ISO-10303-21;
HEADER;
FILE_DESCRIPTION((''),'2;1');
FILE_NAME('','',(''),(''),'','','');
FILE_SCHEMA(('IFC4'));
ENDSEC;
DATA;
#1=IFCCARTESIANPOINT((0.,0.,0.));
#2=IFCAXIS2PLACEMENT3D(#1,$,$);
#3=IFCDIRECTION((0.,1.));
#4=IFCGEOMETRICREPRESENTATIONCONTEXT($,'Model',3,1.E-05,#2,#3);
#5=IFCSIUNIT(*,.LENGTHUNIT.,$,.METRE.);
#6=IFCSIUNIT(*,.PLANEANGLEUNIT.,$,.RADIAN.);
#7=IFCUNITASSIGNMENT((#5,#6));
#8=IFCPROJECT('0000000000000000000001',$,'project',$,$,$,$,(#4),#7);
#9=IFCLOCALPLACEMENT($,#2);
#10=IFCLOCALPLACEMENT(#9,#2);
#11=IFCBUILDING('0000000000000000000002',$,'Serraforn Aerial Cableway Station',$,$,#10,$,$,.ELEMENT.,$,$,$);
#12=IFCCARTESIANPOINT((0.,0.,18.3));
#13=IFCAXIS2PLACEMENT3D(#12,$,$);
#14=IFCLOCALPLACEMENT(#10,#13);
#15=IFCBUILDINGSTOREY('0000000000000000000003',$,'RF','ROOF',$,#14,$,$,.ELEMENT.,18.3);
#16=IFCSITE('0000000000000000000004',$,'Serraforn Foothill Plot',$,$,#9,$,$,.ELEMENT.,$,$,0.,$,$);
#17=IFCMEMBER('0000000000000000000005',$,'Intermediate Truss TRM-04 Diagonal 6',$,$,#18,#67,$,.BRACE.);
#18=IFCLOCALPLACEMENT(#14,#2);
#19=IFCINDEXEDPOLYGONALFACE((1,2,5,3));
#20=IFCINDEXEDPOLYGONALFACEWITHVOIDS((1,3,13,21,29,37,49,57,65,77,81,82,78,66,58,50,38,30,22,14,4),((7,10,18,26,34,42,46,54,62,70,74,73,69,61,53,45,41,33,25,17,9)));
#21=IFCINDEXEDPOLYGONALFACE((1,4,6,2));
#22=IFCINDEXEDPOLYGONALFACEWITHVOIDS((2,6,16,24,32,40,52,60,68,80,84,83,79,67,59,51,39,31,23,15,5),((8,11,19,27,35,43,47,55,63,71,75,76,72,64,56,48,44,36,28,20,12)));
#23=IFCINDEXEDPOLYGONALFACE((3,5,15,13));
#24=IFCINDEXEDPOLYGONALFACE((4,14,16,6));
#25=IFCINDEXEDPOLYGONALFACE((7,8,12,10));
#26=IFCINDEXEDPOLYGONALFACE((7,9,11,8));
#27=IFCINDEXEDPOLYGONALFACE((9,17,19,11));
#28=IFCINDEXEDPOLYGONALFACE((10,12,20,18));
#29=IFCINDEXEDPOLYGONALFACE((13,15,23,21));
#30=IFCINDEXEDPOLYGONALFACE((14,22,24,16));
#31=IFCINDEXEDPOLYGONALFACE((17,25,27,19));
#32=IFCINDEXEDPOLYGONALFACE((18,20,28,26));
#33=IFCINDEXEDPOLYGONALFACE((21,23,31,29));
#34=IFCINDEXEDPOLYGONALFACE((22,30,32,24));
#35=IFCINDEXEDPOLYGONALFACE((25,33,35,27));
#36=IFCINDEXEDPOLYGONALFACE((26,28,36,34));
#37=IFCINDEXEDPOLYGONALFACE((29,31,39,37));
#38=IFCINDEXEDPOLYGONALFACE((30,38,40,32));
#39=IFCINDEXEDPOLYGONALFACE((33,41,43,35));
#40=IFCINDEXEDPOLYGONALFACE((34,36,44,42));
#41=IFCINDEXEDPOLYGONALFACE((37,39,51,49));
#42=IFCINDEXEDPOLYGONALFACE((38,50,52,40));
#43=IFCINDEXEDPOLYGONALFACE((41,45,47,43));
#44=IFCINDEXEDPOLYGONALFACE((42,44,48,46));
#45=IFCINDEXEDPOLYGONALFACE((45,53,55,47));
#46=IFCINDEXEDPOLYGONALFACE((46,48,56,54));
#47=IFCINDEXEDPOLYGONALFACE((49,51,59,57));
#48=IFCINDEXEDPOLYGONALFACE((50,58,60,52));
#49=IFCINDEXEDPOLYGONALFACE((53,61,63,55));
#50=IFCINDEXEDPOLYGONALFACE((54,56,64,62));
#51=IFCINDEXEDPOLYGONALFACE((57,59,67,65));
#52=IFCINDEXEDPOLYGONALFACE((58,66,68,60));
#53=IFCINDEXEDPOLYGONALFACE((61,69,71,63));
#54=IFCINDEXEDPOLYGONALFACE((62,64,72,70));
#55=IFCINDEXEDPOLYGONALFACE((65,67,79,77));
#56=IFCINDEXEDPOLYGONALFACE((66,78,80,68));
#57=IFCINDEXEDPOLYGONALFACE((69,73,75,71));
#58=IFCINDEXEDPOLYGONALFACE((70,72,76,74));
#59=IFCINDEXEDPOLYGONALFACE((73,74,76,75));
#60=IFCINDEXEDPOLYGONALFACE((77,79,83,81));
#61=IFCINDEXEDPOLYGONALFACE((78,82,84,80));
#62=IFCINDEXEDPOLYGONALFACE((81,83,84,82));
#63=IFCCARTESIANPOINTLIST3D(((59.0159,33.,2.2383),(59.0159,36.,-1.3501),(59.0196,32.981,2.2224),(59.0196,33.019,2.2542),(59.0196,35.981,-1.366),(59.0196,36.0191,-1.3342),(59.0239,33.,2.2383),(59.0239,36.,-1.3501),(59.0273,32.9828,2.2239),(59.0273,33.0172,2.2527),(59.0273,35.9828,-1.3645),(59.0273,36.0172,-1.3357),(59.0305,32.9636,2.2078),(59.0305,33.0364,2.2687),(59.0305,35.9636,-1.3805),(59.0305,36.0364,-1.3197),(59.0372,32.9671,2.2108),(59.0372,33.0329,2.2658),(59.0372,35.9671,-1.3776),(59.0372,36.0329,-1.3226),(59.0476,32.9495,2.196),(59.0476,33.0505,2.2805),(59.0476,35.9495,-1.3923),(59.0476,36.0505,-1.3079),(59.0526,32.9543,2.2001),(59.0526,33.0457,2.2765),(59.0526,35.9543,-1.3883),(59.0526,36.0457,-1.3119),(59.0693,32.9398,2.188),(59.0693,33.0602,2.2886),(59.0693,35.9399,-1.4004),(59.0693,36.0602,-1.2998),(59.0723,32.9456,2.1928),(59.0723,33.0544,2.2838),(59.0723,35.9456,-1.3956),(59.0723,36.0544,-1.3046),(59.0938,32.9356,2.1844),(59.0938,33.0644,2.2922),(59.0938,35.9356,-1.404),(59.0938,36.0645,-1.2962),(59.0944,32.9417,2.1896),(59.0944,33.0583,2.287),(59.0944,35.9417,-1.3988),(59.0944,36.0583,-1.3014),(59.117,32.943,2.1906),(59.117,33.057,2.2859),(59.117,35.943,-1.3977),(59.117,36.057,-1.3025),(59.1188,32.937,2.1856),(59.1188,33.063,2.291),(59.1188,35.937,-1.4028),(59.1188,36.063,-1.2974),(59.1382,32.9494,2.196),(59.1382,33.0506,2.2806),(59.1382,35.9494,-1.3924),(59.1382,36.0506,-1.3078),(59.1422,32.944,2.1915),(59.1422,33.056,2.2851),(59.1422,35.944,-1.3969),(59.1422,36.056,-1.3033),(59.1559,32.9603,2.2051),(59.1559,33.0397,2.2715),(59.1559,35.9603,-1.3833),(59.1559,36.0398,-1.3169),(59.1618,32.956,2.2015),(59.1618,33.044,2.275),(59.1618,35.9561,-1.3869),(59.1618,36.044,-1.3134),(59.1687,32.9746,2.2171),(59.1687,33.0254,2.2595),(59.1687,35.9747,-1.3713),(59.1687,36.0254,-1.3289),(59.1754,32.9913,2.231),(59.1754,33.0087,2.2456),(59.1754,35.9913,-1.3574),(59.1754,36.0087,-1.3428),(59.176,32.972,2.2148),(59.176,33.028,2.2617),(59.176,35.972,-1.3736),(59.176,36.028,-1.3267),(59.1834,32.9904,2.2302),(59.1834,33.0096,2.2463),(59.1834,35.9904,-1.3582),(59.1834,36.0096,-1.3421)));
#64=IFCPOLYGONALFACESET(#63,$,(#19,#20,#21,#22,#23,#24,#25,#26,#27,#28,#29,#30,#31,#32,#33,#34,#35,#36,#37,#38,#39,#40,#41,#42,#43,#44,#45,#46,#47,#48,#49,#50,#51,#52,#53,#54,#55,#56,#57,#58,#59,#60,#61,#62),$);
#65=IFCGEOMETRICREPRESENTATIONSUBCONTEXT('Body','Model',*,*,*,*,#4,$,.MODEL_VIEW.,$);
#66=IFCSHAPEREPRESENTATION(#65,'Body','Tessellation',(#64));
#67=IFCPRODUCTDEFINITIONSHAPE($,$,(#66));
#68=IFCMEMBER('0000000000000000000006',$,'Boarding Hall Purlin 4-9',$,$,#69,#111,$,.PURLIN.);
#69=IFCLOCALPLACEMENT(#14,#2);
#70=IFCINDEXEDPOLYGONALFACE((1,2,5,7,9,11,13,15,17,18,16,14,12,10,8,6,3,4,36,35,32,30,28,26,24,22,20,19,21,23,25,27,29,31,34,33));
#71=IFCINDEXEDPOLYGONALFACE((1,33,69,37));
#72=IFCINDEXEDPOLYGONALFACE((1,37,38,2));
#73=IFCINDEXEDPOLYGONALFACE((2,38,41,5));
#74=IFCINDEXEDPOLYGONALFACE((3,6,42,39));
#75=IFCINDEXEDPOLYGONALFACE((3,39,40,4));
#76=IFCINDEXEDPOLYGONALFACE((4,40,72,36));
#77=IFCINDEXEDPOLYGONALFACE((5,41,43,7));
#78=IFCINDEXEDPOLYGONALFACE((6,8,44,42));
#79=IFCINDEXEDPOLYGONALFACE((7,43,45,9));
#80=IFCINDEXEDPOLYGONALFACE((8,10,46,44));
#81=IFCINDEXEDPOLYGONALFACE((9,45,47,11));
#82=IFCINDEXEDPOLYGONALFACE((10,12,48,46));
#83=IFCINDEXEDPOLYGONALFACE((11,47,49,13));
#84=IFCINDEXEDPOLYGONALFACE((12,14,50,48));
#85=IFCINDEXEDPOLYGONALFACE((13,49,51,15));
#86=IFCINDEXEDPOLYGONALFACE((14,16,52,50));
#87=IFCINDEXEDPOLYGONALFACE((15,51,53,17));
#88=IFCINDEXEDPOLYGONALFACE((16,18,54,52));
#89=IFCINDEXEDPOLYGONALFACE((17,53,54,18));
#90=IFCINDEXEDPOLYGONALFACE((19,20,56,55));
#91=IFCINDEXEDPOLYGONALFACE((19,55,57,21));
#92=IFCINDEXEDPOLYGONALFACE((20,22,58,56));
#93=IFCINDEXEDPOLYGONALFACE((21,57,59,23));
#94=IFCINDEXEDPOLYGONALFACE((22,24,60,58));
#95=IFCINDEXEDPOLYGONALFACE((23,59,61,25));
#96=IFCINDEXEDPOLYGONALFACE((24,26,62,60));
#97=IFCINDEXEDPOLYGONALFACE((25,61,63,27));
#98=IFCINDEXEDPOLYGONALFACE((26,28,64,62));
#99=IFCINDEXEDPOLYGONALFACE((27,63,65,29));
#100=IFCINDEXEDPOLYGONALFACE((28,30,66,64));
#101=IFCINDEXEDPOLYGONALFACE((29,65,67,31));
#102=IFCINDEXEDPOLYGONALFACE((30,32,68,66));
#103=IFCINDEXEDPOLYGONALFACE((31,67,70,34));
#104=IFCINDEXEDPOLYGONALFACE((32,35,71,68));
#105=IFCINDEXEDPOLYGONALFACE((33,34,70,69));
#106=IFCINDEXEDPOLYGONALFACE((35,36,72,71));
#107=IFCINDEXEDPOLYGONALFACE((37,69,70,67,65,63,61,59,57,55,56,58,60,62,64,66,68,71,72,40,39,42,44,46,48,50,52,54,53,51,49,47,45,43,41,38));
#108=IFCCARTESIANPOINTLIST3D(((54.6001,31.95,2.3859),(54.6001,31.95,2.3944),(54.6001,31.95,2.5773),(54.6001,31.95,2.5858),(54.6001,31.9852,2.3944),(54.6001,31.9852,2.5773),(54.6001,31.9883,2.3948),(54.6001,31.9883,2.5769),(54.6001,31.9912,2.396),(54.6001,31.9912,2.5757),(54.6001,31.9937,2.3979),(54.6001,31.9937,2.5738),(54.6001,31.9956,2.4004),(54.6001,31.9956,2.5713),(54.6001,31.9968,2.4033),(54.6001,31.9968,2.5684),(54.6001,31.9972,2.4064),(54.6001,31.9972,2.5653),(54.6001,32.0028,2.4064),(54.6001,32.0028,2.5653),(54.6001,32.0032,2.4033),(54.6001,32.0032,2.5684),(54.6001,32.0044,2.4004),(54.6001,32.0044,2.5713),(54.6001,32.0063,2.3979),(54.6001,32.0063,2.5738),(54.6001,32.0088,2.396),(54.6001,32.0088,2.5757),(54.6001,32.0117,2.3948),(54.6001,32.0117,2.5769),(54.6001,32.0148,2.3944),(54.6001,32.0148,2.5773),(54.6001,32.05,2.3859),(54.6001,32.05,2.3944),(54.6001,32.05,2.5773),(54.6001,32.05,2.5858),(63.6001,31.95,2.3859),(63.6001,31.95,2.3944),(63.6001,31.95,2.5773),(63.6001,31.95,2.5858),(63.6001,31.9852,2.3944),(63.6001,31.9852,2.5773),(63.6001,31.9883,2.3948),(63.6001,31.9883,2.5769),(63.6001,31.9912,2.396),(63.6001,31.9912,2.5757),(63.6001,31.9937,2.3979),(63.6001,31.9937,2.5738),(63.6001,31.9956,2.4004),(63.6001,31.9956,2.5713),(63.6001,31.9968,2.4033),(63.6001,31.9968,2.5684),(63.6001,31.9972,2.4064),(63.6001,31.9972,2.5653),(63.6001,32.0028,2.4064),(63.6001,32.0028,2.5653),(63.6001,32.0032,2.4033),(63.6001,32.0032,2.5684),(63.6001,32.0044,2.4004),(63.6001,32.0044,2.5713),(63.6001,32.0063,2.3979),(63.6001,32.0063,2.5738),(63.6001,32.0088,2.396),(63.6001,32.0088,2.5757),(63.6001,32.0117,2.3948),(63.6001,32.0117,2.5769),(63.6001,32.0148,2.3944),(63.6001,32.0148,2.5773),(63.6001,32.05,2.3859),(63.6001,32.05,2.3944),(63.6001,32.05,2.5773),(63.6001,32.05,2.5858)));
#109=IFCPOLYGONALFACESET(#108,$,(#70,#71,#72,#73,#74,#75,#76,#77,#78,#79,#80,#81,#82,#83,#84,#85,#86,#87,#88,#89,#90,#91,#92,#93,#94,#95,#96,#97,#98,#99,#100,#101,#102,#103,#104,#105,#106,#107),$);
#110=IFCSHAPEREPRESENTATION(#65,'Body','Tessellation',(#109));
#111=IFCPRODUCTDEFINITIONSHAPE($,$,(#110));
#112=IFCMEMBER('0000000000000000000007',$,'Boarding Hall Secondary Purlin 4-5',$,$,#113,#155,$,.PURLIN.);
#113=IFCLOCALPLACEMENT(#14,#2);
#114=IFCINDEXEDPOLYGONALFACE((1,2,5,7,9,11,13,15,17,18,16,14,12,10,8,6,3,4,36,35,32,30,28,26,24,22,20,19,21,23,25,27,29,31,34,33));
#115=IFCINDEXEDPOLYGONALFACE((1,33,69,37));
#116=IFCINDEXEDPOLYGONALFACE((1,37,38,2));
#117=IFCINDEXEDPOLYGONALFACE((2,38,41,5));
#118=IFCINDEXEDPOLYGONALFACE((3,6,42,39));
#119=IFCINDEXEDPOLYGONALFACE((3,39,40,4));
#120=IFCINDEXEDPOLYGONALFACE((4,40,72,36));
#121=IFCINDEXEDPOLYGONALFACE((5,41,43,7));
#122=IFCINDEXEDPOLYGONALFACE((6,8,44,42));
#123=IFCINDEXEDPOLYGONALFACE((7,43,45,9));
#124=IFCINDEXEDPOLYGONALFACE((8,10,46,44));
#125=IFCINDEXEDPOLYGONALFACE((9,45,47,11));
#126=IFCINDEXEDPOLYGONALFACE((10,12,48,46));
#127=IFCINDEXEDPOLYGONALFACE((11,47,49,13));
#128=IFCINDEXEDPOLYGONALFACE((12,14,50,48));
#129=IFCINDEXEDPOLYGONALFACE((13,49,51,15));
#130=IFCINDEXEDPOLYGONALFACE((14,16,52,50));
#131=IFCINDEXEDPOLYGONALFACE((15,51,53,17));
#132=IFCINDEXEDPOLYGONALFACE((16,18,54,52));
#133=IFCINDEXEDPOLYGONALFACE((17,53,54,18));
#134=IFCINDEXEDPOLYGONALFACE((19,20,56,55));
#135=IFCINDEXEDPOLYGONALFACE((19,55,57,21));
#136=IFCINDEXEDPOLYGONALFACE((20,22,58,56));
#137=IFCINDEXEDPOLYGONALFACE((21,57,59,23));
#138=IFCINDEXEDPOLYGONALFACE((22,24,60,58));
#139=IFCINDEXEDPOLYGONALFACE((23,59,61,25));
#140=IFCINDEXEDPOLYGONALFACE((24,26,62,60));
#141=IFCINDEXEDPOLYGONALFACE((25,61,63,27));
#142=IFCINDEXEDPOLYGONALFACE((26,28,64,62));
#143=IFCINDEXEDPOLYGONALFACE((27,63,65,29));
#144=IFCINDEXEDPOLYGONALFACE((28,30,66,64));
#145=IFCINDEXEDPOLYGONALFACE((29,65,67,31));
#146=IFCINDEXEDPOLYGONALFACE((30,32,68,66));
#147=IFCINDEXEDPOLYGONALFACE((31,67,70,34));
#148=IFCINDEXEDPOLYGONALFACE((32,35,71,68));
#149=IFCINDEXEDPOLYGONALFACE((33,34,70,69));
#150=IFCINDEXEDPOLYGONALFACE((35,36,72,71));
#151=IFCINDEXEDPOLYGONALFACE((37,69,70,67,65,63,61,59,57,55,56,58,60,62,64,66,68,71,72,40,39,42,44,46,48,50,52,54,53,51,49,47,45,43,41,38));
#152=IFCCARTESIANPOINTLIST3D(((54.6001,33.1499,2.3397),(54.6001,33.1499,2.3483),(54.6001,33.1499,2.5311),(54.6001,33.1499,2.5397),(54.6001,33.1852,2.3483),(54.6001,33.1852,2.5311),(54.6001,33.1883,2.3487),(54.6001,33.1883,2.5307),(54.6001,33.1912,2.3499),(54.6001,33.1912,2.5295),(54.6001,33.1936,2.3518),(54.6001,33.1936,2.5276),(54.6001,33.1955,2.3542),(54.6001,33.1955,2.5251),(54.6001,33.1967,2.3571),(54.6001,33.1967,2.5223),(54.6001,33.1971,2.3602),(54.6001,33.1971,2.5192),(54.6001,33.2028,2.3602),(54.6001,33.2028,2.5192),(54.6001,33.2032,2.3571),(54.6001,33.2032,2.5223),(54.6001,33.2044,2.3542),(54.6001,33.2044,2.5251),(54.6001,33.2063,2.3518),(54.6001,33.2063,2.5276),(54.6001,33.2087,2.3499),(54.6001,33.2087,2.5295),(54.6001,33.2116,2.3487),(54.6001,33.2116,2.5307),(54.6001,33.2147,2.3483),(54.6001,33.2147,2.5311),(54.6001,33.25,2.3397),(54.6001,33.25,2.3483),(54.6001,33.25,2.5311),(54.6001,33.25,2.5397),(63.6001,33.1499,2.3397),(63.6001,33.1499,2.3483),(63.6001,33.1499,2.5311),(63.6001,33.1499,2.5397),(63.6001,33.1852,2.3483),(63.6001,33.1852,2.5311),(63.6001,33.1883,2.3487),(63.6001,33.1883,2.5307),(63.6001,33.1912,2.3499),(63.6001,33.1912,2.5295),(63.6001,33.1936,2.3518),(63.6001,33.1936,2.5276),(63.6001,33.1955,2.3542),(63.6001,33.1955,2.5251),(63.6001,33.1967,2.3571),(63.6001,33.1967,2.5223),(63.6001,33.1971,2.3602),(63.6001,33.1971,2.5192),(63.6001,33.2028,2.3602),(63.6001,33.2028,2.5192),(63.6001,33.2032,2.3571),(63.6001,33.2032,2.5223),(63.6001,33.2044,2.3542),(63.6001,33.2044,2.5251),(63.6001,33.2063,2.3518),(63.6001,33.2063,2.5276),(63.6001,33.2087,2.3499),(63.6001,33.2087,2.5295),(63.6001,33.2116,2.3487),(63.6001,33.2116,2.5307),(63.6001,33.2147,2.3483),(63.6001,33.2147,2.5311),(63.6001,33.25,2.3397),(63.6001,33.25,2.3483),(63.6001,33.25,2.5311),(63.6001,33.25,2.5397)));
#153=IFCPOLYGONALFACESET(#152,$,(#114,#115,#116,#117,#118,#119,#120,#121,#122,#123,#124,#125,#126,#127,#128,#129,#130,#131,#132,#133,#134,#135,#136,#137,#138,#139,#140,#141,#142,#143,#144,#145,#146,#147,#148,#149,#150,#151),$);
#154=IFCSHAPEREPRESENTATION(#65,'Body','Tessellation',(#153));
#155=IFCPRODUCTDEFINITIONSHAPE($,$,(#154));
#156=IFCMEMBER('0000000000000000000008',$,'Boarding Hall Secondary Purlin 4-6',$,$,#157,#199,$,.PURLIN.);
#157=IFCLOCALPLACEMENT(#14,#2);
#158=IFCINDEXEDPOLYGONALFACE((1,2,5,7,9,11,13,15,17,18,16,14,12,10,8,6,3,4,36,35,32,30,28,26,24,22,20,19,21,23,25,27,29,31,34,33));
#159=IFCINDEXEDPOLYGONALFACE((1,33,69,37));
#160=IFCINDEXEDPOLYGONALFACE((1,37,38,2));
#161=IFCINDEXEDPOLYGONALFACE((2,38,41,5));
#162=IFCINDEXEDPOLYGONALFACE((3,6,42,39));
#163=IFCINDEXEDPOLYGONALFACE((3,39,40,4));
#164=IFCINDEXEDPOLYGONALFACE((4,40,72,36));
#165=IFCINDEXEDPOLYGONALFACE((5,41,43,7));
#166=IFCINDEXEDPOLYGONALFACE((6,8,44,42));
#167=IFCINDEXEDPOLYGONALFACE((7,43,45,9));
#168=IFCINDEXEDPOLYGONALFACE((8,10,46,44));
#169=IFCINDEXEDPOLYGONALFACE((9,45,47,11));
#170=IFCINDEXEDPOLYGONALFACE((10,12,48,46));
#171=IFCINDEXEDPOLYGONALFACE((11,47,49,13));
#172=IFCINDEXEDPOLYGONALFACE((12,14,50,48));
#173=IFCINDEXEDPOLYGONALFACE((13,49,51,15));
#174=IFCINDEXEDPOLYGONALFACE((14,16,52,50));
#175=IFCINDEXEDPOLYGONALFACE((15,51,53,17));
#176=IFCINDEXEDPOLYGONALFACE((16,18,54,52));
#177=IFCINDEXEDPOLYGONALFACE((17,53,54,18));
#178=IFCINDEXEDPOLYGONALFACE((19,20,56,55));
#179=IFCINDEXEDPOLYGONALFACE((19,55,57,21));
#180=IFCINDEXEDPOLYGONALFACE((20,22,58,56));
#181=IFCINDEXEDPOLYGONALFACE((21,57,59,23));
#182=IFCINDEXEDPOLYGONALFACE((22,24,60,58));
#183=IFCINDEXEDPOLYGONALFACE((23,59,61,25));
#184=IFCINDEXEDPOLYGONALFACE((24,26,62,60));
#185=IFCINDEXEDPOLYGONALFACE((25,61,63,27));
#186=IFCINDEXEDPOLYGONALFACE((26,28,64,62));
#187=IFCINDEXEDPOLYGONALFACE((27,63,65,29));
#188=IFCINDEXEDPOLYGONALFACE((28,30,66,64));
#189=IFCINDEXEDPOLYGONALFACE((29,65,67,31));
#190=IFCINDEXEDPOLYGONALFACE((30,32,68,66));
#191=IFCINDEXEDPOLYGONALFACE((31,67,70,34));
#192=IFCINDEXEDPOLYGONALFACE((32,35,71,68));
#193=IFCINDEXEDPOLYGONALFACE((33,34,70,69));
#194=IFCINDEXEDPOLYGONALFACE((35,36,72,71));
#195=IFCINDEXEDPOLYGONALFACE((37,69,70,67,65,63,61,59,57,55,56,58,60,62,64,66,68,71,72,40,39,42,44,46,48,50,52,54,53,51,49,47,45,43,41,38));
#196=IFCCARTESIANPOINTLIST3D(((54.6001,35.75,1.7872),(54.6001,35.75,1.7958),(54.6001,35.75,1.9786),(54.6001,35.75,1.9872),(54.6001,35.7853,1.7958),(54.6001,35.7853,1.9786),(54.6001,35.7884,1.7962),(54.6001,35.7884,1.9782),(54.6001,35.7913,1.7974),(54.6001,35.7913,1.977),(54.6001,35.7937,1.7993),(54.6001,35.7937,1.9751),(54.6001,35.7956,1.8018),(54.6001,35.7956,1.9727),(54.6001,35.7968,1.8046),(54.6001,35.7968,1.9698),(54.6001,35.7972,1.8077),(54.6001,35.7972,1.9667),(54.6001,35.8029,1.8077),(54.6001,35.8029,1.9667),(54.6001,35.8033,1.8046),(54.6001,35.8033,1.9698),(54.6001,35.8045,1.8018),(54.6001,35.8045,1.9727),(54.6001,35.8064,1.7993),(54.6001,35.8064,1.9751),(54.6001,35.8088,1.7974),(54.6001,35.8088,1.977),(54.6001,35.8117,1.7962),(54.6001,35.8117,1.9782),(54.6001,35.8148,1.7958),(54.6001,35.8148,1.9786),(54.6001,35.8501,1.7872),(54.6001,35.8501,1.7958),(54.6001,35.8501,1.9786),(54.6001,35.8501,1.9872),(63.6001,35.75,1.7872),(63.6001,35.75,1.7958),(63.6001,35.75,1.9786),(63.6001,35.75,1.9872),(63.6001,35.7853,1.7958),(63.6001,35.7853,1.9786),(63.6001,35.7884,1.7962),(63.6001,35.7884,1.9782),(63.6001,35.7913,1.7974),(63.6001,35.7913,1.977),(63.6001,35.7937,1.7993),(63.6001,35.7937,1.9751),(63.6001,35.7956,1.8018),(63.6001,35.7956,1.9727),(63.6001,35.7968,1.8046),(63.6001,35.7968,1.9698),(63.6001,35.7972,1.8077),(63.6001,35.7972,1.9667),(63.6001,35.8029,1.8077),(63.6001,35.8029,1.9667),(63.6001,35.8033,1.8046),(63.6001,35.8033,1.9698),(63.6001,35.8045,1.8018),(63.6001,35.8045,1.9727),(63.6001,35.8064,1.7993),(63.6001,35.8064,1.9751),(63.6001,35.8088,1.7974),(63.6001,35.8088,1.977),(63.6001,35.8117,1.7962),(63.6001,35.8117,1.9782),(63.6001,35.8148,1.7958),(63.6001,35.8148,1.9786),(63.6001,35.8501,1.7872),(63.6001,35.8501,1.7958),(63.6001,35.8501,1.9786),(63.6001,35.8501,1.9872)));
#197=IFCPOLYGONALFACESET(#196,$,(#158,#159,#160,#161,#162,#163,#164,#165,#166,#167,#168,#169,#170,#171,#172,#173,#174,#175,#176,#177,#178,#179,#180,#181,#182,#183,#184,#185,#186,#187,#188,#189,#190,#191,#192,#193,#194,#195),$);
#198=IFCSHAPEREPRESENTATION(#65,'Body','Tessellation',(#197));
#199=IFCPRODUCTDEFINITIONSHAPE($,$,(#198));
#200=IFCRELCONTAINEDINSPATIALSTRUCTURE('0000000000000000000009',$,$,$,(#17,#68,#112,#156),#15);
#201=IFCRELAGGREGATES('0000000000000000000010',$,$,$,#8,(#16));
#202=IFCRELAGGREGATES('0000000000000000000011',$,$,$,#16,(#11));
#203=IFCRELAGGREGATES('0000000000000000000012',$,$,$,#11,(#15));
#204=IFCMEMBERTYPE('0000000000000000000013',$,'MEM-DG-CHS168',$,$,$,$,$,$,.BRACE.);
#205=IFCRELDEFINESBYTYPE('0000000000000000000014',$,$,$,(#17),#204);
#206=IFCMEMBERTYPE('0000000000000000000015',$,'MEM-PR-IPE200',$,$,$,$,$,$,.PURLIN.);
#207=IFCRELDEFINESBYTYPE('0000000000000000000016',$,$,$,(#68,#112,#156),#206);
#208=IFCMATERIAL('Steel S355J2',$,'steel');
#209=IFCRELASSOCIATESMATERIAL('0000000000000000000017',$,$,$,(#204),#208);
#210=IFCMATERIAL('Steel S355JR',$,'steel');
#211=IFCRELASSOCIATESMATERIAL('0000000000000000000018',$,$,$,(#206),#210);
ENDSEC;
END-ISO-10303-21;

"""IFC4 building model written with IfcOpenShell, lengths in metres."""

from ifc_helpers import new_model, si_unit, direction, frame, origin, origin_2d, place, context, subcontext, project, spatial, hollow_circle, i_section, extrude, material, material_profile, profile_set, type_object, element, save


model = new_model("IFC4")

# Units and contexts
model_context = context("Model", 3, precision=1e-05, world=origin(), true_north=direction((0.0, 1.0)))
body_context = subcontext(model_context, "Body", "Model", "MODEL_VIEW")
ifc_project = project(units=[si_unit("LENGTHUNIT", "METRE"), si_unit("PLANEANGLEUNIT", "RADIAN")], contexts=[model_context])

# Site, building, storey
site_placement = place(None, origin())
site = spatial("IfcSite", under=ifc_project, at=site_placement, Name="Serraforn Foothill Plot", CompositionType="ELEMENT", RefElevation=0.0)
building_placement = place(site_placement, origin())
building = spatial("IfcBuilding", under=site, at=building_placement, Name="Serraforn Aerial Cableway Station", CompositionType="ELEMENT")
storey_placement = place(building_placement, frame((0.0, 0.0, 18.3)))
storey = spatial("IfcBuildingStorey", under=building, at=storey_placement, Name="RF", Description="ROOF", CompositionType="ELEMENT", Elevation=18.3)

# Members
ifc_material_1 = material(Name="Steel S355J2", Category="steel")
ifc_material_profile_1 = material_profile(ifc_material_1, hollow_circle(Radius=0.0842, WallThickness=0.0081, at=origin_2d()), Name="CHS 168.3x8.0")
ifc_profile_set_1 = profile_set([ifc_material_profile_1], Name="Steel S355J2")
member_type_1 = type_object("IfcMemberType", Name="MEM-DG-CHS168", PredefinedType="BRACE", material=ifc_profile_set_1)
member_1_placement = place(storey_placement, frame((59.1001, 33.0, 2.2383), z_axis=(0.0, 0.641406, -0.767202), x_axis=(-1.0, 0.0, 0.0)))
element("IfcMember", 1, at=member_1_placement, inside=storey, type_object=member_type_1, Name="Intermediate Truss TRM-04 Diagonal 6", PredefinedType="BRACE", context=body_context, shape_type="SweptSolid", body=[
    extrude(hollow_circle(Radius=0.0842, WallThickness=0.0081, at=origin_2d()), origin(), (0.0, 0.0, 1.0), 4.6772),
])
ifc_material_2 = material(Name="Steel S355JR", Category="steel")
ifc_material_profile_2 = material_profile(ifc_material_2, i_section(OverallWidth=0.1001, OverallDepth=0.2, WebThickness=0.0056, FlangeThickness=0.0085, FilletRadius=0.012, at=origin_2d()), Name="IPE 200")
ifc_profile_set_2 = profile_set([ifc_material_profile_2], Name="Steel S355JR")
member_type_2 = type_object("IfcMemberType", Name="MEM-PR-IPE200", PredefinedType="PURLIN", material=ifc_profile_set_2)
for number, where, z_axis, x_axis, name in (
    (2, (54.6001, 32.0, 2.4858), (1.0, 0.0, 0.0), (0.0, 1.0, 0.0), "Boarding Hall Purlin 4-9"),
    (3, (54.6001, 33.2, 2.4397), (1.0, 0.0, 0.0), (0.0, 1.0, 0.0), "Boarding Hall Secondary Purlin 4-5"),
    (4, (54.6001, 35.8, 1.8872), (1.0, 0.0, 0.0), (0.0, 1.0, 0.0), "Boarding Hall Secondary Purlin 4-6"),
):
    element("IfcMember", number, at=place(storey_placement, frame(where, z_axis=z_axis, x_axis=x_axis)), inside=storey, type_object=member_type_2, Name=name, PredefinedType="PURLIN", context=body_context, shape_type="SweptSolid", body=[
        extrude(i_section(OverallWidth=0.1001, OverallDepth=0.2, WebThickness=0.0056, FlangeThickness=0.0085, FilletRadius=0.012, at=origin_2d()), origin(), (0.0, 0.0, 1.0), 9.0),
    ])

save(model, "model.ifc")
